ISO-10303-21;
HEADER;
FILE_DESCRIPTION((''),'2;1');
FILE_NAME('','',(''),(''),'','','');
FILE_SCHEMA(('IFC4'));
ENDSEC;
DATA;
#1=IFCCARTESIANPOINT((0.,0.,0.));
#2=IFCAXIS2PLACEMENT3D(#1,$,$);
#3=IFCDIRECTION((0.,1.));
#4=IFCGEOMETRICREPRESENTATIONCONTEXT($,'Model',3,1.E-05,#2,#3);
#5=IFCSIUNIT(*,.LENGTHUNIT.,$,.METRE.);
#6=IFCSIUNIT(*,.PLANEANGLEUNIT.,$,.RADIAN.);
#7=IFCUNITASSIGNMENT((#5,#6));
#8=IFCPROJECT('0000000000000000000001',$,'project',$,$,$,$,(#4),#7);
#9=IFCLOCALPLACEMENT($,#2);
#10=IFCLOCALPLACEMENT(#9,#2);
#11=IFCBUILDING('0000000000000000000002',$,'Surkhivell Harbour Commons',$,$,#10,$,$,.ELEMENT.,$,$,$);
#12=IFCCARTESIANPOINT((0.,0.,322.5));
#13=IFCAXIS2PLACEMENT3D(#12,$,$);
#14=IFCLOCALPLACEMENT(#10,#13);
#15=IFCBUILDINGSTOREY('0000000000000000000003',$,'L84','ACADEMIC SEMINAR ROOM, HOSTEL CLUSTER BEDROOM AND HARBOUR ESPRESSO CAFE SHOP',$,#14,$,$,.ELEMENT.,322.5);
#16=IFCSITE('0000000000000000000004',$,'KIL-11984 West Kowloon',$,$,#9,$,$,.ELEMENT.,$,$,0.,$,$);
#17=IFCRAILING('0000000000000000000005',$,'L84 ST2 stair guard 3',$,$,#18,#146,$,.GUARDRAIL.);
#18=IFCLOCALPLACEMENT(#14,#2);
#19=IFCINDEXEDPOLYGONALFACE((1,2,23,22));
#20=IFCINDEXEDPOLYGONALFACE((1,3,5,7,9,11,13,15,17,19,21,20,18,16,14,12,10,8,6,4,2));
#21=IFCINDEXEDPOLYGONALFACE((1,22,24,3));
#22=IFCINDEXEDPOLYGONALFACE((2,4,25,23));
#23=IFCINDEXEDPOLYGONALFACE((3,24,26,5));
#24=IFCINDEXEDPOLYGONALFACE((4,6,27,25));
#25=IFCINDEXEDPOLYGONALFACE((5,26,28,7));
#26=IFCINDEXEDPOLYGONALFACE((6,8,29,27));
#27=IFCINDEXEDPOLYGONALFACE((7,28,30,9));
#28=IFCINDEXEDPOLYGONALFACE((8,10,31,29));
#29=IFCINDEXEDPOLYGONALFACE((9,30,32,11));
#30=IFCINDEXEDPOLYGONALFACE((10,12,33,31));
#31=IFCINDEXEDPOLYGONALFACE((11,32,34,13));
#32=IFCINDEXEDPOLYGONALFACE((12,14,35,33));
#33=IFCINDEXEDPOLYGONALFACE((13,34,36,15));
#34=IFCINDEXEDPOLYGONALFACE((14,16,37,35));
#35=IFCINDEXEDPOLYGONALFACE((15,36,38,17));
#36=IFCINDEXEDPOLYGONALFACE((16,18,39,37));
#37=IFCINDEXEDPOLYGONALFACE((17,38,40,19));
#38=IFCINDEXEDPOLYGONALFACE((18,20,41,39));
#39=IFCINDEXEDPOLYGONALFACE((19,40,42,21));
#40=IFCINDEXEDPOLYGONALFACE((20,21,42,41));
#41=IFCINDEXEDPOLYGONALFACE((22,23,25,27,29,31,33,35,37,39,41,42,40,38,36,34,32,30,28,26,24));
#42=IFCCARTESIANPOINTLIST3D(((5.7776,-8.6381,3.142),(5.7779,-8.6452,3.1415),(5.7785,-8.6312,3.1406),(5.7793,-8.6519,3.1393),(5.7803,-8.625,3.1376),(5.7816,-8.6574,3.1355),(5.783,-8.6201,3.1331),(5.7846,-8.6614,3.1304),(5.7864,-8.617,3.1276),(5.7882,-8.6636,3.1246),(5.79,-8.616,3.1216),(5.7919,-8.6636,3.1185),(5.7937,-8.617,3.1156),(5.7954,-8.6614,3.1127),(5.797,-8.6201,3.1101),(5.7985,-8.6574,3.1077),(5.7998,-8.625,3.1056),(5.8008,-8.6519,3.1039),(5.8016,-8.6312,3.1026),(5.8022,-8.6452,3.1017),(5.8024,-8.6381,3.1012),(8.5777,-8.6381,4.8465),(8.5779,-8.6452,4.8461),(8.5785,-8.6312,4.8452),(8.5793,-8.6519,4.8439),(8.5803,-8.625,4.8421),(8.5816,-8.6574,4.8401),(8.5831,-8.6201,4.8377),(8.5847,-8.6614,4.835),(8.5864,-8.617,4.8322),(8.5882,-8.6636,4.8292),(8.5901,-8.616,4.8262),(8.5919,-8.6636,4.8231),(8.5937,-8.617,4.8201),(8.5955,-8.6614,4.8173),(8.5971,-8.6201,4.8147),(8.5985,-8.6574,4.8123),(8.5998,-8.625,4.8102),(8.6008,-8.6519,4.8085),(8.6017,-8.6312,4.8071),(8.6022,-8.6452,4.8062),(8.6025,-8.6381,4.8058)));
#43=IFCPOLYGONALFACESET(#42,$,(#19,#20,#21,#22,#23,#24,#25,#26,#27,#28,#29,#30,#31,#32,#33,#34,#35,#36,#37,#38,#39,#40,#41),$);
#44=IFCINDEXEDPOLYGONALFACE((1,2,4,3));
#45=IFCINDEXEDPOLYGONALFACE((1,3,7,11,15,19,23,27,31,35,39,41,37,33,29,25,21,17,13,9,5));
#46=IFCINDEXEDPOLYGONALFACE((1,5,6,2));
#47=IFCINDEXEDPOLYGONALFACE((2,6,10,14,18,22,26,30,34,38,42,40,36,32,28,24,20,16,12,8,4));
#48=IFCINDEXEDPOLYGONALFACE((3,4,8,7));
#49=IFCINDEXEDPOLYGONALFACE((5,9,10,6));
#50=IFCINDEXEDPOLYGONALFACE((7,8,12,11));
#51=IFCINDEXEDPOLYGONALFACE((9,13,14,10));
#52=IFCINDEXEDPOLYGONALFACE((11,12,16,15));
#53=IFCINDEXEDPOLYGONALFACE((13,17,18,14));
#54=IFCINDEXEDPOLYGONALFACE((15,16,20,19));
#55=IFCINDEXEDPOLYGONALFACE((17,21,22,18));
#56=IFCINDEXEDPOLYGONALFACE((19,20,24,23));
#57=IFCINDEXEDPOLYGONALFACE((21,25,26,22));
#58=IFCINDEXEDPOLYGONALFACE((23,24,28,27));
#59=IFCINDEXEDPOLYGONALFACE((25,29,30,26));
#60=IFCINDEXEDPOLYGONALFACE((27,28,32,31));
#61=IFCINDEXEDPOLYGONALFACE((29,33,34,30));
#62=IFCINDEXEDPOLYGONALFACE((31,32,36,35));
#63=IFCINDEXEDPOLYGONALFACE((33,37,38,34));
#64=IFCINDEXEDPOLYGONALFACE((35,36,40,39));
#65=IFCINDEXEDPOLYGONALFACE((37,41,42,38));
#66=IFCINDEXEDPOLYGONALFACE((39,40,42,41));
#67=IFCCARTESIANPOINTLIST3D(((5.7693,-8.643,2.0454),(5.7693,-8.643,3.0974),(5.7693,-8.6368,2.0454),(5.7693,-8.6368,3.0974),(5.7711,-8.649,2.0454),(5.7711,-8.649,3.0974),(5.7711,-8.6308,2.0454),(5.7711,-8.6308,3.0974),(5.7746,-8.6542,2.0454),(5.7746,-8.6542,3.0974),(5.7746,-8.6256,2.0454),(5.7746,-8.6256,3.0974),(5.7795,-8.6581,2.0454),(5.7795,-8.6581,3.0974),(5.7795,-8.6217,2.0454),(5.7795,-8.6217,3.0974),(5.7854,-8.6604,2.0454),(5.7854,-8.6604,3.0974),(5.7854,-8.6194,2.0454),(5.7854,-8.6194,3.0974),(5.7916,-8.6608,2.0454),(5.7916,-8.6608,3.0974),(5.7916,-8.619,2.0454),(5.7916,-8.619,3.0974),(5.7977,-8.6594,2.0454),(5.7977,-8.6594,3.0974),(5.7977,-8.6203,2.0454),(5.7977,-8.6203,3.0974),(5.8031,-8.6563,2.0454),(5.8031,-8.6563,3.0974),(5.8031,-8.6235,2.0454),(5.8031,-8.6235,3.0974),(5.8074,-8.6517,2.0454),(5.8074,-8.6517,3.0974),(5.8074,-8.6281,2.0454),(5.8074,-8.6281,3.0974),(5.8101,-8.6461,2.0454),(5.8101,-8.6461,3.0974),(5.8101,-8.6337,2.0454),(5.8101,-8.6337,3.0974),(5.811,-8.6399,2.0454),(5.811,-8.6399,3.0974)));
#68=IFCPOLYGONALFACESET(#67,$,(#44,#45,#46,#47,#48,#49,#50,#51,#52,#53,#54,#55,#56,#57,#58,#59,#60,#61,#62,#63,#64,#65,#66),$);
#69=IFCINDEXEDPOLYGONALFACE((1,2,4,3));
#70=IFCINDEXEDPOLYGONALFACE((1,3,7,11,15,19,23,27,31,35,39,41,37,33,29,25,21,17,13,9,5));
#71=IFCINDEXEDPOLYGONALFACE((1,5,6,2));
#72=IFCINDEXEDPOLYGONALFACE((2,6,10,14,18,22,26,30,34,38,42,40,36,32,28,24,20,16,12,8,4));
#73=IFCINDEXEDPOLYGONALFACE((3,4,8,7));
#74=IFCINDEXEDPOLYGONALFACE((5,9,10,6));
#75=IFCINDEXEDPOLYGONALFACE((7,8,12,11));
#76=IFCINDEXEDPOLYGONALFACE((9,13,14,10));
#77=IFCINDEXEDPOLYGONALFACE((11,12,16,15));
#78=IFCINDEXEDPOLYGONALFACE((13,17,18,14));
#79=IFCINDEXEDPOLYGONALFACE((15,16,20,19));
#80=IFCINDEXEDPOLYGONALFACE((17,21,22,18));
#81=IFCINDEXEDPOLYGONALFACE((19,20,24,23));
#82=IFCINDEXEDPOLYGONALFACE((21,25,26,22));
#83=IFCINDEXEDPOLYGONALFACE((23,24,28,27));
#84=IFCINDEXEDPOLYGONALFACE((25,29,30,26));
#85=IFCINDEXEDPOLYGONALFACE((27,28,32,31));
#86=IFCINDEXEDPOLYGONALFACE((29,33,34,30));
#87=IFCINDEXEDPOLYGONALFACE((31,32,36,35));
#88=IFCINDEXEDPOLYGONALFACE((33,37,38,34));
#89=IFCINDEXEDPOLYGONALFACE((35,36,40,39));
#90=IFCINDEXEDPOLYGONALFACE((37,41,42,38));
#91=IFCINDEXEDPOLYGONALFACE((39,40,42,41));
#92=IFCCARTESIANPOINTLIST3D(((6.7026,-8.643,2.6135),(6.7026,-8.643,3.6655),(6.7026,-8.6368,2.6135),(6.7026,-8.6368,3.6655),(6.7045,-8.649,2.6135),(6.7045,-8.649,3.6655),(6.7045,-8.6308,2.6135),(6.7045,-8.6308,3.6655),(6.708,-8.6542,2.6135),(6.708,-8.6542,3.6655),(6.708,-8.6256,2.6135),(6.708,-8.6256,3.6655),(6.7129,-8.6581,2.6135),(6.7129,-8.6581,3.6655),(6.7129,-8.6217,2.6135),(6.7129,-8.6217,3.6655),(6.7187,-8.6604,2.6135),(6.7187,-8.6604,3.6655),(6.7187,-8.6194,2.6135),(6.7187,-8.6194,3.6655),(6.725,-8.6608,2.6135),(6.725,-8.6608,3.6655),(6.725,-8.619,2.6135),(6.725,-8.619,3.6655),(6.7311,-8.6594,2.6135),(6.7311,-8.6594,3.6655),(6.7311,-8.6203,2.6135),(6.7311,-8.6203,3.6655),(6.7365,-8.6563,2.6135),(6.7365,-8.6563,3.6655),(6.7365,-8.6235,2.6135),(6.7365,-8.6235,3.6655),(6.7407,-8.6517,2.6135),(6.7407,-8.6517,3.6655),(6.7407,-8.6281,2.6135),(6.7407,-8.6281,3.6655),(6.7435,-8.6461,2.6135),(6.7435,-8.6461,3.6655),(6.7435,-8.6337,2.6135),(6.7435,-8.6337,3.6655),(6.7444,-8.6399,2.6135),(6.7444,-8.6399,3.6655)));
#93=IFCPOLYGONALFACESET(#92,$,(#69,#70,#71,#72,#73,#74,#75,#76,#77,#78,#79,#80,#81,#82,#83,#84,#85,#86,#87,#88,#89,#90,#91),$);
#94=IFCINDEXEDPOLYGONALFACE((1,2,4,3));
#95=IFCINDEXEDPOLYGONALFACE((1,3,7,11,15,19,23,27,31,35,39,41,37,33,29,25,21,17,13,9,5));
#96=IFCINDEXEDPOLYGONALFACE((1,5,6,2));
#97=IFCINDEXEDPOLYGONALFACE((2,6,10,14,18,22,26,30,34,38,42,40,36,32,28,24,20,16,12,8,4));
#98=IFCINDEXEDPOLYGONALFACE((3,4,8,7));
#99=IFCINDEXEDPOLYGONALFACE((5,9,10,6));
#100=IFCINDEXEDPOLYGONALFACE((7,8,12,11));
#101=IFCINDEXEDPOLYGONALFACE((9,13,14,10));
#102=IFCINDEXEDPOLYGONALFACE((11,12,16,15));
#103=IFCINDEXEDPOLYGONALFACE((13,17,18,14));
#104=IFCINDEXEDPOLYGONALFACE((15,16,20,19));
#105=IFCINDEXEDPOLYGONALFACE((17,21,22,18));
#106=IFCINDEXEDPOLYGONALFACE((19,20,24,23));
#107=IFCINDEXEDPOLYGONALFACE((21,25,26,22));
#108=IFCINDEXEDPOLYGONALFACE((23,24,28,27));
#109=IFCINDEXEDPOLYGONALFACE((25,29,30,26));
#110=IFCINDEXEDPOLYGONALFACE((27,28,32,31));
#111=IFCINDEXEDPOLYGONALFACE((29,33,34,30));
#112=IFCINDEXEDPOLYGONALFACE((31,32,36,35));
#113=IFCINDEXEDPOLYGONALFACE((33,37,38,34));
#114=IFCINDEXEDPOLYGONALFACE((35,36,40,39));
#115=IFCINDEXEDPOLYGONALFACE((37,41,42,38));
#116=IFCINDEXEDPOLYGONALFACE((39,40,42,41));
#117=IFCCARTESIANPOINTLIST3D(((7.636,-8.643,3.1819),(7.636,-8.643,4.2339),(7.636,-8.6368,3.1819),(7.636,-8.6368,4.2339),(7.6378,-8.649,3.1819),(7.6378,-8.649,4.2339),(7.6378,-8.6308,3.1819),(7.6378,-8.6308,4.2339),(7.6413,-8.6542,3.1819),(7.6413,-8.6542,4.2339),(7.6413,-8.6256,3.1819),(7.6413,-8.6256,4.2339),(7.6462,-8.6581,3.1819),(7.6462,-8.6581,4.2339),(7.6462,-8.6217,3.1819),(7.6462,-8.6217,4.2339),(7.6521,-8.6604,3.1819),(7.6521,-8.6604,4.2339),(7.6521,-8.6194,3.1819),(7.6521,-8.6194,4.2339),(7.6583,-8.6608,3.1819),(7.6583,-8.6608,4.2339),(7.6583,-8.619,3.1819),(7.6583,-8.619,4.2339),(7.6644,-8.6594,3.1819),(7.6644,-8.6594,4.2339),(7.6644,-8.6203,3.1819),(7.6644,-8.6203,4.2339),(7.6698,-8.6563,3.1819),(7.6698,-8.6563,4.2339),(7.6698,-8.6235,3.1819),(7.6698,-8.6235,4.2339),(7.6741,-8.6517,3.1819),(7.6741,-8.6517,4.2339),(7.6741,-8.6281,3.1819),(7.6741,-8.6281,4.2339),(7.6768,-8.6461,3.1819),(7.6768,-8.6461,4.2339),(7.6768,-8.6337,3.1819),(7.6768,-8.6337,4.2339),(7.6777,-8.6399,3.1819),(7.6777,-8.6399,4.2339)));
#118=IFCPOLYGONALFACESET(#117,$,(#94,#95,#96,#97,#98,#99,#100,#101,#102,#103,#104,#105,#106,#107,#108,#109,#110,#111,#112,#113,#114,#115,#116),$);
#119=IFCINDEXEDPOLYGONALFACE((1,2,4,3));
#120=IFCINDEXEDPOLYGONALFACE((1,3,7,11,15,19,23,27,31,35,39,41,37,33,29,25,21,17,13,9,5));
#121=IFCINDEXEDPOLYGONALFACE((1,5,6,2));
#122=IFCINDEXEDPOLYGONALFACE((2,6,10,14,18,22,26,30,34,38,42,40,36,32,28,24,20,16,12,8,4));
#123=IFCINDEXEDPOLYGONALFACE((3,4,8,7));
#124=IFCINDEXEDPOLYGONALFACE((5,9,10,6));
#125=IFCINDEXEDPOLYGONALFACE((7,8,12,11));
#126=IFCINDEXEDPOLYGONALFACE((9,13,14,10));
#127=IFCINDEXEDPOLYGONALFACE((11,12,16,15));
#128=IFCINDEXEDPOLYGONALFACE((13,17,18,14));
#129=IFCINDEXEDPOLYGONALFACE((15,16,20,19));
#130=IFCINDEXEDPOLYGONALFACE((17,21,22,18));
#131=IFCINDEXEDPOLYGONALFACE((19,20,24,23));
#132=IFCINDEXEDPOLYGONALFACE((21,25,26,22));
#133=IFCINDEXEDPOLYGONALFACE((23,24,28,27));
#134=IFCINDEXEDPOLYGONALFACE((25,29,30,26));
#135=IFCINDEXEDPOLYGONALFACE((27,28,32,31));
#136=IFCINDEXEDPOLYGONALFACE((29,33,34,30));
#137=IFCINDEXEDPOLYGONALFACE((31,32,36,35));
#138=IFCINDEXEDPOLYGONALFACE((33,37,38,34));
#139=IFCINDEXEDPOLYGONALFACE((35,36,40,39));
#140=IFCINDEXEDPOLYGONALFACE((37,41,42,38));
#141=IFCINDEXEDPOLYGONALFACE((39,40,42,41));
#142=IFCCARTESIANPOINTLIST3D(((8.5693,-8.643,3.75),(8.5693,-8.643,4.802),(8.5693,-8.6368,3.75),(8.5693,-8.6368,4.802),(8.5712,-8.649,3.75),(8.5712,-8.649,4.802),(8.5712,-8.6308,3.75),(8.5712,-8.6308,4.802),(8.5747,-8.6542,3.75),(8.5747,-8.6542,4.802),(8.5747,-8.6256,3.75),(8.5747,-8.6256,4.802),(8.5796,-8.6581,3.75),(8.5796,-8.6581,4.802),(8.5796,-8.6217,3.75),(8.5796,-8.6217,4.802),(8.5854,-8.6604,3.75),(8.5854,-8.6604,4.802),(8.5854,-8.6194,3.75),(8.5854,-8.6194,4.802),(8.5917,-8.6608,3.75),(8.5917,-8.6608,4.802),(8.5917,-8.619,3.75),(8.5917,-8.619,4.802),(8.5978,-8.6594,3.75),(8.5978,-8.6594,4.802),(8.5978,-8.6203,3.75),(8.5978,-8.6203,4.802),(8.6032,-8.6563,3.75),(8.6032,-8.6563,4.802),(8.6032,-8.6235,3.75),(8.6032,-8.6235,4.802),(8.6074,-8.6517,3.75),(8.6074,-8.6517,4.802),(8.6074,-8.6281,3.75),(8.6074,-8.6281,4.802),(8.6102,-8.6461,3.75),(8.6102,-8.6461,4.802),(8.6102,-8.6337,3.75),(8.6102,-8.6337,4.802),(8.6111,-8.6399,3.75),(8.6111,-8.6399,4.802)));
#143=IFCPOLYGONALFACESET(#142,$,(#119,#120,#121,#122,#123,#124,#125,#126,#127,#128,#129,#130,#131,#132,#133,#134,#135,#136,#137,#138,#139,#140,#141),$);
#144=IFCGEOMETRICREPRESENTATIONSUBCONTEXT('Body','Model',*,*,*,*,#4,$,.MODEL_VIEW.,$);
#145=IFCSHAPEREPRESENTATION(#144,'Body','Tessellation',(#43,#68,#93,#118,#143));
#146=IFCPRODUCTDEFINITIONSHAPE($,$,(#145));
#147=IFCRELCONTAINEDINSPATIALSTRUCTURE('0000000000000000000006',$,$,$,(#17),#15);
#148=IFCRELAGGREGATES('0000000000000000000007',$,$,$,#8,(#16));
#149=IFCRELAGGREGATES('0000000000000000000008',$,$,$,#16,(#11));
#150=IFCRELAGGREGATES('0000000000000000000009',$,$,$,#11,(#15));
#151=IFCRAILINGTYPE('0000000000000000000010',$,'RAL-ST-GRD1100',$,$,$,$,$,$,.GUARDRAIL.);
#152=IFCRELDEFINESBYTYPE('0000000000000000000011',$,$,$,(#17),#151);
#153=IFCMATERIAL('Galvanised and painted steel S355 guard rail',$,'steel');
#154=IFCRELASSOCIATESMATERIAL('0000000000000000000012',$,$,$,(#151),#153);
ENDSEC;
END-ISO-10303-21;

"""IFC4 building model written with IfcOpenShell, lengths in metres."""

from ifc_helpers import new_model, si_unit, direction, frame, origin, origin_2d, place, context, subcontext, project, spatial, circle, extrude, material, type_object, element, save


model = new_model("IFC4")

# Units and contexts
model_context = context("Model", 3, precision=1e-05, world=origin(), true_north=direction((0.0, 1.0)))
body_context = subcontext(model_context, "Body", "Model", "MODEL_VIEW")
ifc_project = project(units=[si_unit("LENGTHUNIT", "METRE"), si_unit("PLANEANGLEUNIT", "RADIAN")], contexts=[model_context])

# Site, building, storey
site_placement = place(None, origin())
site = spatial("IfcSite", under=ifc_project, at=site_placement, Name="KIL-11984 West Kowloon", CompositionType="ELEMENT", RefElevation=0.0)
building_placement = place(site_placement, origin())
building = spatial("IfcBuilding", under=site, at=building_placement, Name="Surkhivell Harbour Commons", CompositionType="ELEMENT")
storey_placement = place(building_placement, frame((0.0, 0.0, 322.5)))
storey = spatial("IfcBuildingStorey", under=building, at=storey_placement, Name="L84", Description="ACADEMIC SEMINAR ROOM, HOSTEL CLUSTER BEDROOM AND HARBOUR ESPRESSO CAFE SHOP", CompositionType="ELEMENT", Elevation=322.5)

# Railing
ifc_material_1 = material(Name="Galvanised and painted steel S355 guard rail", Category="steel")
railing_type_1 = type_object("IfcRailingType", Name="RAL-ST-GRD1100", PredefinedType="GUARDRAIL", material=ifc_material_1)
railing_1_placement = place(storey_placement, frame((5.79, -8.6399, 2.0454)))
element("IfcRailing", 1, at=railing_1_placement, inside=storey, type_object=railing_type_1, Name="L84 ST2 stair guard 3", PredefinedType="GUARDRAIL", context=body_context, shape_type="SweptSolid", body=[
    extrude(circle(Radius=0.0239, at=origin_2d()), frame((0.0, 0.0, 1.0762), z_axis=(0.85417, 0.0, 0.519994), x_axis=(0.0, 1.0, 0.0)), (0.0, 0.0, 1.0), 3.2781),
    extrude(circle(Radius=0.021, at=origin_2d()), origin(), (0.0, 0.0, 1.0), 1.052),
    extrude(circle(Radius=0.021, at=origin_2d()), frame((0.9333, 0.0, 0.5681)), (0.0, 0.0, 1.0), 1.052),
    extrude(circle(Radius=0.021, at=origin_2d()), frame((1.8667, 0.0, 1.1365)), (0.0, 0.0, 1.0), 1.052),
    extrude(circle(Radius=0.021, at=origin_2d()), frame((2.8, 0.0, 1.7046)), (0.0, 0.0, 1.0), 1.052),
])

save(model, "model.ifc")
